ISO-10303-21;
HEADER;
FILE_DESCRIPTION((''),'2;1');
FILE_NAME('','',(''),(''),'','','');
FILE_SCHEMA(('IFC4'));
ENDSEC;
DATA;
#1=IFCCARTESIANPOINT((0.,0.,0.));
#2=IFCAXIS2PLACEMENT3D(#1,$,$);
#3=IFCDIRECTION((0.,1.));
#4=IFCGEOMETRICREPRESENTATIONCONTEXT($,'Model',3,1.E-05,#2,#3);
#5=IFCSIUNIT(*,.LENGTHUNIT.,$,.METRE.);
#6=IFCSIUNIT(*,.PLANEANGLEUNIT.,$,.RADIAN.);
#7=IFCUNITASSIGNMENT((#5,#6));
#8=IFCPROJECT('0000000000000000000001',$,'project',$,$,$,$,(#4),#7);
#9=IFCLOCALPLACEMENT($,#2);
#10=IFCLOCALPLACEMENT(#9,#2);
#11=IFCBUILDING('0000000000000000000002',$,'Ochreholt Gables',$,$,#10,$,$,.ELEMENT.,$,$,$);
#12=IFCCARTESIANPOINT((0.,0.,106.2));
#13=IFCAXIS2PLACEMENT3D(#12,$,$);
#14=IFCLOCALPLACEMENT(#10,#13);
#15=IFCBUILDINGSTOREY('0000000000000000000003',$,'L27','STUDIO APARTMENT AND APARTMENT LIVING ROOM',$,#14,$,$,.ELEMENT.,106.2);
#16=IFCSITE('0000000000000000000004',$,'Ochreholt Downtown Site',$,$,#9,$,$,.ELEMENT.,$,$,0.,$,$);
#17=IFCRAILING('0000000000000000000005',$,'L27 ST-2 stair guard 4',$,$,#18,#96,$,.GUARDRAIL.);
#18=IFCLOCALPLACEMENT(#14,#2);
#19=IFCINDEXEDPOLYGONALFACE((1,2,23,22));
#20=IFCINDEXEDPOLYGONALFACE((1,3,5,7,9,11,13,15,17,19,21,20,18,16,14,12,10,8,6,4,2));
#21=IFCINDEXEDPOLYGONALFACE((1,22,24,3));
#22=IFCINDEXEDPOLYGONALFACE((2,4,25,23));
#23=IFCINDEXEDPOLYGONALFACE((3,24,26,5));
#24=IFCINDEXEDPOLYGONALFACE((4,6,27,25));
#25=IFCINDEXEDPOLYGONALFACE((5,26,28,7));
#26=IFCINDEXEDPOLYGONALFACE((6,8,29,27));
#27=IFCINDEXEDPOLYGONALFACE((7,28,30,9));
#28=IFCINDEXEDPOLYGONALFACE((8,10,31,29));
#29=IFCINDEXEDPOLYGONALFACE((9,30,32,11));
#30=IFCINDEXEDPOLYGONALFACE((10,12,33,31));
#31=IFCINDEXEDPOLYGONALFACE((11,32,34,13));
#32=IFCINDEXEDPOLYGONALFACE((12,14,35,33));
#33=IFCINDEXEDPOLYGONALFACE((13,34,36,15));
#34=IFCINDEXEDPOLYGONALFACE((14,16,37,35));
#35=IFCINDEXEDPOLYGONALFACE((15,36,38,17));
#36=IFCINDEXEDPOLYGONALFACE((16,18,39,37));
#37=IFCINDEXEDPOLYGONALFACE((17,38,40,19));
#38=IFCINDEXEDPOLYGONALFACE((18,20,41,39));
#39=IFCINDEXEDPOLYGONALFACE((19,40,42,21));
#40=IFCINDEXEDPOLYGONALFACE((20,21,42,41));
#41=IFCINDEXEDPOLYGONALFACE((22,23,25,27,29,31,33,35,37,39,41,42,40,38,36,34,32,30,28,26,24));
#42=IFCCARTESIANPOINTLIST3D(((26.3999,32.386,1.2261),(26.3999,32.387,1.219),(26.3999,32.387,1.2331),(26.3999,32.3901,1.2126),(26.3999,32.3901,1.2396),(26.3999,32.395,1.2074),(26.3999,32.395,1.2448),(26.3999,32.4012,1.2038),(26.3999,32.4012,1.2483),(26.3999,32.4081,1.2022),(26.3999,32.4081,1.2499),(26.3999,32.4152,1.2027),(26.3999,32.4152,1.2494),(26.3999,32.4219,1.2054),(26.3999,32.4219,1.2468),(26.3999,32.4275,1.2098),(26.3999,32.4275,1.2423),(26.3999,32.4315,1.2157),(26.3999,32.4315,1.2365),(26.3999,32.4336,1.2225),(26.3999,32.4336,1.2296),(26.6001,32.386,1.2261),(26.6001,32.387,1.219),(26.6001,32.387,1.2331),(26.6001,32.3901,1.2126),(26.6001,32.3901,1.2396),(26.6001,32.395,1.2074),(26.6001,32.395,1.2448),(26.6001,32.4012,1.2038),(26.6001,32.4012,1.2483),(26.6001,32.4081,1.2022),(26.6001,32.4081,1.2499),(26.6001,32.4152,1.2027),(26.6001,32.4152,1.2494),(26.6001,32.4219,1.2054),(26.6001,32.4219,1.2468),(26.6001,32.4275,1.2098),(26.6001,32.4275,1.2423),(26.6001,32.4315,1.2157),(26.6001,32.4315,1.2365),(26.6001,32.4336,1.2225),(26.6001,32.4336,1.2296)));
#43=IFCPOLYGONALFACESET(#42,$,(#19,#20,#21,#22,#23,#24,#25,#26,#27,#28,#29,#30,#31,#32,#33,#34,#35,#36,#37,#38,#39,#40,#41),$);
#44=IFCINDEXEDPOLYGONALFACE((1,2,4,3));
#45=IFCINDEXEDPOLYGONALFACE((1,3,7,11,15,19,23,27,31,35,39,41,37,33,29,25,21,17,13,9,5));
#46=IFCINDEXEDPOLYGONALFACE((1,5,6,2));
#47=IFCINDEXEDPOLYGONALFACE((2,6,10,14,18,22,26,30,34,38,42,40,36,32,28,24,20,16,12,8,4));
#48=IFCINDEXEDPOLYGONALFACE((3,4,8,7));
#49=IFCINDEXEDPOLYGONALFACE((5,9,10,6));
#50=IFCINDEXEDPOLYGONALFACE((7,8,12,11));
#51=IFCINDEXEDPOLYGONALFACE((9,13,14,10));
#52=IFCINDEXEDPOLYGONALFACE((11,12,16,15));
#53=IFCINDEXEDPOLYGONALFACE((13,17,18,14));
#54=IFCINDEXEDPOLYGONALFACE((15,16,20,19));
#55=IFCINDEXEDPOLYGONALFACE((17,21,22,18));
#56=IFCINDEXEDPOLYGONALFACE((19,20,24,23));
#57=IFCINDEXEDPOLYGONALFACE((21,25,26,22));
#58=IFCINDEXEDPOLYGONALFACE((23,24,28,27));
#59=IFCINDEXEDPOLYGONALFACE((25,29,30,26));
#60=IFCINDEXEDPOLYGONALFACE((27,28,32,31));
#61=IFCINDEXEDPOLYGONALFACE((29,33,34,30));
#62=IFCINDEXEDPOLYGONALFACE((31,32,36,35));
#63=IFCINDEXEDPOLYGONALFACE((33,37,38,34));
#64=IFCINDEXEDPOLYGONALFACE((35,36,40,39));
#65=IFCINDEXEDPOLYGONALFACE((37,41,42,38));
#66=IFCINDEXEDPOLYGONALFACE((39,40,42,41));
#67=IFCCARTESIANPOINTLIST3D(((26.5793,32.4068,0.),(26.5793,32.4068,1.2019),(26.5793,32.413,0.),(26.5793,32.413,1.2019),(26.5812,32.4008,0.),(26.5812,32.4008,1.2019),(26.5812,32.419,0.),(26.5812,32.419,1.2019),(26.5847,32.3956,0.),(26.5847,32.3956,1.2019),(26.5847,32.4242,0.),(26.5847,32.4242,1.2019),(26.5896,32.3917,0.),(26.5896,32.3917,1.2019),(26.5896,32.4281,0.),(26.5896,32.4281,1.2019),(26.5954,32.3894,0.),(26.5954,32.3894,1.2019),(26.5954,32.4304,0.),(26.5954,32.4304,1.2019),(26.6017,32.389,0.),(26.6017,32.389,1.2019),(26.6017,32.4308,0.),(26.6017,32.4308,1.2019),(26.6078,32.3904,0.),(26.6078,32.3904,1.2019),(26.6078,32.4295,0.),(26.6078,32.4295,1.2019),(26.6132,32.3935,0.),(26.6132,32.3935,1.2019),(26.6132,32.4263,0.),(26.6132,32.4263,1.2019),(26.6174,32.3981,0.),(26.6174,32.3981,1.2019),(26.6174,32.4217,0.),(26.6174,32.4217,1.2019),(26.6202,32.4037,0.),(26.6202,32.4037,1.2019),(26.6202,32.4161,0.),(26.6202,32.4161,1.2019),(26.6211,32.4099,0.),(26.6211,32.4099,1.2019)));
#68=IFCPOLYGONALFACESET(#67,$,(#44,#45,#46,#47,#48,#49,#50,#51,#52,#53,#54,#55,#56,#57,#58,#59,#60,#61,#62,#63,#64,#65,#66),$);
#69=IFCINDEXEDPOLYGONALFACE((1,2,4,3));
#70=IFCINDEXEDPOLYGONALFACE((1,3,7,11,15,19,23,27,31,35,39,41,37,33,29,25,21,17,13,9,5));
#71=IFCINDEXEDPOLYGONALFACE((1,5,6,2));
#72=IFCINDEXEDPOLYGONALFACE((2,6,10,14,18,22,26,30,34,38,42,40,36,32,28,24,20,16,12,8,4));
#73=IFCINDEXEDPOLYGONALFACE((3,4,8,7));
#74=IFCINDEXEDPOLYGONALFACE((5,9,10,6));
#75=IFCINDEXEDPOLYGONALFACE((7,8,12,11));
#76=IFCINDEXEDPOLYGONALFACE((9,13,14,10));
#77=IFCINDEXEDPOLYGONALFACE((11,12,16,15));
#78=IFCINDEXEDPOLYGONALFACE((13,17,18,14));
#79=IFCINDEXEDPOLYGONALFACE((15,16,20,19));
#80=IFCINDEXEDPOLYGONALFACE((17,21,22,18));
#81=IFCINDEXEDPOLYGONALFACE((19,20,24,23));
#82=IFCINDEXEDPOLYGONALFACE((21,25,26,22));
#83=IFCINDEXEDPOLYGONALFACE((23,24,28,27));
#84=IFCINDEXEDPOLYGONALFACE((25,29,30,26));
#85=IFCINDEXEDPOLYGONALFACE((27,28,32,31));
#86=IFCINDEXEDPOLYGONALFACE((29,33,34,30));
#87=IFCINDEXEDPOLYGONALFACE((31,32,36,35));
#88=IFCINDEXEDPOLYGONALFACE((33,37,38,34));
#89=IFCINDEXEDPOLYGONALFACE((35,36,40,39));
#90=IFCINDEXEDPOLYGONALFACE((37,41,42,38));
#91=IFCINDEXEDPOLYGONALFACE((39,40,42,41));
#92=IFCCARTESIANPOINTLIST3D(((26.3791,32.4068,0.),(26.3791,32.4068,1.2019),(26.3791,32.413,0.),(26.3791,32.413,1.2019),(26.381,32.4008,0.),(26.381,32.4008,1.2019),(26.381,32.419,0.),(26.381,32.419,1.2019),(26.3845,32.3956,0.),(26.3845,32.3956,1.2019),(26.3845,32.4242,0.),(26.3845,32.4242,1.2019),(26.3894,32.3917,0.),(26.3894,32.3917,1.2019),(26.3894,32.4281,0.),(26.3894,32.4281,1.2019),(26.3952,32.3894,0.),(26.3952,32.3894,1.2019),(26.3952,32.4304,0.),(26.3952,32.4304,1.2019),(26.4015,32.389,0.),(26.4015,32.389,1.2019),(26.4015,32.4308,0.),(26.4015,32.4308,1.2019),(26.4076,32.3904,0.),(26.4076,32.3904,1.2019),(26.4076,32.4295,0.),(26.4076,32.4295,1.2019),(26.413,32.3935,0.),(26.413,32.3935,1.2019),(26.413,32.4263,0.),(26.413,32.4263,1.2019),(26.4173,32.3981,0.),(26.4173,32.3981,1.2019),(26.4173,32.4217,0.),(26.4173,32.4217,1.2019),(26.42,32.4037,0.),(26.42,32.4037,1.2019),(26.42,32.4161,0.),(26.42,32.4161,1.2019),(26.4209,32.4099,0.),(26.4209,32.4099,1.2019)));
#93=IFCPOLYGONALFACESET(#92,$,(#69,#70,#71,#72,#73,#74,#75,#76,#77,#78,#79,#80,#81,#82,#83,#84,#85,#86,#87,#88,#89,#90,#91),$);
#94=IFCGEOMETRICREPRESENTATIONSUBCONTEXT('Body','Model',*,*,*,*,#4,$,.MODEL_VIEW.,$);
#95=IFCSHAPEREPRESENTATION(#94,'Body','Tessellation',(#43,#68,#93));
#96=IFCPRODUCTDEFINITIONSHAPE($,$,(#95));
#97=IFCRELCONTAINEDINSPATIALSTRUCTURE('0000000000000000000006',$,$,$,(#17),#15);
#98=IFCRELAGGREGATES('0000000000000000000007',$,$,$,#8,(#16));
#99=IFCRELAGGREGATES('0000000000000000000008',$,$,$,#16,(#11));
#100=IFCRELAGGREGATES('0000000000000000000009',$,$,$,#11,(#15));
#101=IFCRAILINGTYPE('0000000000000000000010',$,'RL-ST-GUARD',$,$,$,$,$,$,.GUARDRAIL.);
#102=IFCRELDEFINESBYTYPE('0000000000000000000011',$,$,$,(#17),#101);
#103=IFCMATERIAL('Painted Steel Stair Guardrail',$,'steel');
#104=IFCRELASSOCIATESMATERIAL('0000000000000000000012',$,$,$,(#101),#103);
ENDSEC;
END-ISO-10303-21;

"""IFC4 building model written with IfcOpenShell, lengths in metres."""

from ifc_helpers import new_model, si_unit, direction, frame, origin, origin_2d, place, context, subcontext, project, spatial, circle, extrude, material, type_object, element, save


model = new_model("IFC4")

# Units and contexts
model_context = context("Model", 3, precision=1e-05, world=origin(), true_north=direction((0.0, 1.0)))
body_context = subcontext(model_context, "Body", "Model", "MODEL_VIEW")
ifc_project = project(units=[si_unit("LENGTHUNIT", "METRE"), si_unit("PLANEANGLEUNIT", "RADIAN")], contexts=[model_context])

# Site, building, storey
site_placement = place(None, origin())
site = spatial("IfcSite", under=ifc_project, at=site_placement, Name="Ochreholt Downtown Site", CompositionType="ELEMENT", RefElevation=0.0)
building_placement = place(site_placement, origin())
building = spatial("IfcBuilding", under=site, at=building_placement, Name="Ochreholt Gables", CompositionType="ELEMENT")
storey_placement = place(building_placement, frame((0.0, 0.0, 106.2)))
storey = spatial("IfcBuildingStorey", under=building, at=storey_placement, Name="L27", Description="STUDIO APARTMENT AND APARTMENT LIVING ROOM", CompositionType="ELEMENT", Elevation=106.2)

# Railing
ifc_material_1 = material(Name="Painted Steel Stair Guardrail", Category="steel")
railing_type_1 = type_object("IfcRailingType", Name="RL-ST-GUARD", PredefinedType="GUARDRAIL", material=ifc_material_1)
railing_1_placement = place(storey_placement, frame((26.6001, 32.4099, 0.0)))
element("IfcRailing", 1, at=railing_1_placement, inside=storey, type_object=railing_type_1, Name="L27 ST-2 stair guard 4", PredefinedType="GUARDRAIL", context=body_context, shape_type="SweptSolid", body=[
    extrude(circle(Radius=0.0239, at=origin_2d()), frame((0.0, 0.0, 1.2261), z_axis=(-1.0, 0.0, 0.0), x_axis=(0.0, -1.0, 0.0)), (0.0, 0.0, 1.0), 0.2002),
    extrude(circle(Radius=0.021, at=origin_2d()), origin(), (0.0, 0.0, 1.0), 1.2019),
    extrude(circle(Radius=0.021, at=origin_2d()), frame((-0.2002, 0.0, 0.0)), (0.0, 0.0, 1.0), 1.2019),
])

save(model, "model.ifc")
